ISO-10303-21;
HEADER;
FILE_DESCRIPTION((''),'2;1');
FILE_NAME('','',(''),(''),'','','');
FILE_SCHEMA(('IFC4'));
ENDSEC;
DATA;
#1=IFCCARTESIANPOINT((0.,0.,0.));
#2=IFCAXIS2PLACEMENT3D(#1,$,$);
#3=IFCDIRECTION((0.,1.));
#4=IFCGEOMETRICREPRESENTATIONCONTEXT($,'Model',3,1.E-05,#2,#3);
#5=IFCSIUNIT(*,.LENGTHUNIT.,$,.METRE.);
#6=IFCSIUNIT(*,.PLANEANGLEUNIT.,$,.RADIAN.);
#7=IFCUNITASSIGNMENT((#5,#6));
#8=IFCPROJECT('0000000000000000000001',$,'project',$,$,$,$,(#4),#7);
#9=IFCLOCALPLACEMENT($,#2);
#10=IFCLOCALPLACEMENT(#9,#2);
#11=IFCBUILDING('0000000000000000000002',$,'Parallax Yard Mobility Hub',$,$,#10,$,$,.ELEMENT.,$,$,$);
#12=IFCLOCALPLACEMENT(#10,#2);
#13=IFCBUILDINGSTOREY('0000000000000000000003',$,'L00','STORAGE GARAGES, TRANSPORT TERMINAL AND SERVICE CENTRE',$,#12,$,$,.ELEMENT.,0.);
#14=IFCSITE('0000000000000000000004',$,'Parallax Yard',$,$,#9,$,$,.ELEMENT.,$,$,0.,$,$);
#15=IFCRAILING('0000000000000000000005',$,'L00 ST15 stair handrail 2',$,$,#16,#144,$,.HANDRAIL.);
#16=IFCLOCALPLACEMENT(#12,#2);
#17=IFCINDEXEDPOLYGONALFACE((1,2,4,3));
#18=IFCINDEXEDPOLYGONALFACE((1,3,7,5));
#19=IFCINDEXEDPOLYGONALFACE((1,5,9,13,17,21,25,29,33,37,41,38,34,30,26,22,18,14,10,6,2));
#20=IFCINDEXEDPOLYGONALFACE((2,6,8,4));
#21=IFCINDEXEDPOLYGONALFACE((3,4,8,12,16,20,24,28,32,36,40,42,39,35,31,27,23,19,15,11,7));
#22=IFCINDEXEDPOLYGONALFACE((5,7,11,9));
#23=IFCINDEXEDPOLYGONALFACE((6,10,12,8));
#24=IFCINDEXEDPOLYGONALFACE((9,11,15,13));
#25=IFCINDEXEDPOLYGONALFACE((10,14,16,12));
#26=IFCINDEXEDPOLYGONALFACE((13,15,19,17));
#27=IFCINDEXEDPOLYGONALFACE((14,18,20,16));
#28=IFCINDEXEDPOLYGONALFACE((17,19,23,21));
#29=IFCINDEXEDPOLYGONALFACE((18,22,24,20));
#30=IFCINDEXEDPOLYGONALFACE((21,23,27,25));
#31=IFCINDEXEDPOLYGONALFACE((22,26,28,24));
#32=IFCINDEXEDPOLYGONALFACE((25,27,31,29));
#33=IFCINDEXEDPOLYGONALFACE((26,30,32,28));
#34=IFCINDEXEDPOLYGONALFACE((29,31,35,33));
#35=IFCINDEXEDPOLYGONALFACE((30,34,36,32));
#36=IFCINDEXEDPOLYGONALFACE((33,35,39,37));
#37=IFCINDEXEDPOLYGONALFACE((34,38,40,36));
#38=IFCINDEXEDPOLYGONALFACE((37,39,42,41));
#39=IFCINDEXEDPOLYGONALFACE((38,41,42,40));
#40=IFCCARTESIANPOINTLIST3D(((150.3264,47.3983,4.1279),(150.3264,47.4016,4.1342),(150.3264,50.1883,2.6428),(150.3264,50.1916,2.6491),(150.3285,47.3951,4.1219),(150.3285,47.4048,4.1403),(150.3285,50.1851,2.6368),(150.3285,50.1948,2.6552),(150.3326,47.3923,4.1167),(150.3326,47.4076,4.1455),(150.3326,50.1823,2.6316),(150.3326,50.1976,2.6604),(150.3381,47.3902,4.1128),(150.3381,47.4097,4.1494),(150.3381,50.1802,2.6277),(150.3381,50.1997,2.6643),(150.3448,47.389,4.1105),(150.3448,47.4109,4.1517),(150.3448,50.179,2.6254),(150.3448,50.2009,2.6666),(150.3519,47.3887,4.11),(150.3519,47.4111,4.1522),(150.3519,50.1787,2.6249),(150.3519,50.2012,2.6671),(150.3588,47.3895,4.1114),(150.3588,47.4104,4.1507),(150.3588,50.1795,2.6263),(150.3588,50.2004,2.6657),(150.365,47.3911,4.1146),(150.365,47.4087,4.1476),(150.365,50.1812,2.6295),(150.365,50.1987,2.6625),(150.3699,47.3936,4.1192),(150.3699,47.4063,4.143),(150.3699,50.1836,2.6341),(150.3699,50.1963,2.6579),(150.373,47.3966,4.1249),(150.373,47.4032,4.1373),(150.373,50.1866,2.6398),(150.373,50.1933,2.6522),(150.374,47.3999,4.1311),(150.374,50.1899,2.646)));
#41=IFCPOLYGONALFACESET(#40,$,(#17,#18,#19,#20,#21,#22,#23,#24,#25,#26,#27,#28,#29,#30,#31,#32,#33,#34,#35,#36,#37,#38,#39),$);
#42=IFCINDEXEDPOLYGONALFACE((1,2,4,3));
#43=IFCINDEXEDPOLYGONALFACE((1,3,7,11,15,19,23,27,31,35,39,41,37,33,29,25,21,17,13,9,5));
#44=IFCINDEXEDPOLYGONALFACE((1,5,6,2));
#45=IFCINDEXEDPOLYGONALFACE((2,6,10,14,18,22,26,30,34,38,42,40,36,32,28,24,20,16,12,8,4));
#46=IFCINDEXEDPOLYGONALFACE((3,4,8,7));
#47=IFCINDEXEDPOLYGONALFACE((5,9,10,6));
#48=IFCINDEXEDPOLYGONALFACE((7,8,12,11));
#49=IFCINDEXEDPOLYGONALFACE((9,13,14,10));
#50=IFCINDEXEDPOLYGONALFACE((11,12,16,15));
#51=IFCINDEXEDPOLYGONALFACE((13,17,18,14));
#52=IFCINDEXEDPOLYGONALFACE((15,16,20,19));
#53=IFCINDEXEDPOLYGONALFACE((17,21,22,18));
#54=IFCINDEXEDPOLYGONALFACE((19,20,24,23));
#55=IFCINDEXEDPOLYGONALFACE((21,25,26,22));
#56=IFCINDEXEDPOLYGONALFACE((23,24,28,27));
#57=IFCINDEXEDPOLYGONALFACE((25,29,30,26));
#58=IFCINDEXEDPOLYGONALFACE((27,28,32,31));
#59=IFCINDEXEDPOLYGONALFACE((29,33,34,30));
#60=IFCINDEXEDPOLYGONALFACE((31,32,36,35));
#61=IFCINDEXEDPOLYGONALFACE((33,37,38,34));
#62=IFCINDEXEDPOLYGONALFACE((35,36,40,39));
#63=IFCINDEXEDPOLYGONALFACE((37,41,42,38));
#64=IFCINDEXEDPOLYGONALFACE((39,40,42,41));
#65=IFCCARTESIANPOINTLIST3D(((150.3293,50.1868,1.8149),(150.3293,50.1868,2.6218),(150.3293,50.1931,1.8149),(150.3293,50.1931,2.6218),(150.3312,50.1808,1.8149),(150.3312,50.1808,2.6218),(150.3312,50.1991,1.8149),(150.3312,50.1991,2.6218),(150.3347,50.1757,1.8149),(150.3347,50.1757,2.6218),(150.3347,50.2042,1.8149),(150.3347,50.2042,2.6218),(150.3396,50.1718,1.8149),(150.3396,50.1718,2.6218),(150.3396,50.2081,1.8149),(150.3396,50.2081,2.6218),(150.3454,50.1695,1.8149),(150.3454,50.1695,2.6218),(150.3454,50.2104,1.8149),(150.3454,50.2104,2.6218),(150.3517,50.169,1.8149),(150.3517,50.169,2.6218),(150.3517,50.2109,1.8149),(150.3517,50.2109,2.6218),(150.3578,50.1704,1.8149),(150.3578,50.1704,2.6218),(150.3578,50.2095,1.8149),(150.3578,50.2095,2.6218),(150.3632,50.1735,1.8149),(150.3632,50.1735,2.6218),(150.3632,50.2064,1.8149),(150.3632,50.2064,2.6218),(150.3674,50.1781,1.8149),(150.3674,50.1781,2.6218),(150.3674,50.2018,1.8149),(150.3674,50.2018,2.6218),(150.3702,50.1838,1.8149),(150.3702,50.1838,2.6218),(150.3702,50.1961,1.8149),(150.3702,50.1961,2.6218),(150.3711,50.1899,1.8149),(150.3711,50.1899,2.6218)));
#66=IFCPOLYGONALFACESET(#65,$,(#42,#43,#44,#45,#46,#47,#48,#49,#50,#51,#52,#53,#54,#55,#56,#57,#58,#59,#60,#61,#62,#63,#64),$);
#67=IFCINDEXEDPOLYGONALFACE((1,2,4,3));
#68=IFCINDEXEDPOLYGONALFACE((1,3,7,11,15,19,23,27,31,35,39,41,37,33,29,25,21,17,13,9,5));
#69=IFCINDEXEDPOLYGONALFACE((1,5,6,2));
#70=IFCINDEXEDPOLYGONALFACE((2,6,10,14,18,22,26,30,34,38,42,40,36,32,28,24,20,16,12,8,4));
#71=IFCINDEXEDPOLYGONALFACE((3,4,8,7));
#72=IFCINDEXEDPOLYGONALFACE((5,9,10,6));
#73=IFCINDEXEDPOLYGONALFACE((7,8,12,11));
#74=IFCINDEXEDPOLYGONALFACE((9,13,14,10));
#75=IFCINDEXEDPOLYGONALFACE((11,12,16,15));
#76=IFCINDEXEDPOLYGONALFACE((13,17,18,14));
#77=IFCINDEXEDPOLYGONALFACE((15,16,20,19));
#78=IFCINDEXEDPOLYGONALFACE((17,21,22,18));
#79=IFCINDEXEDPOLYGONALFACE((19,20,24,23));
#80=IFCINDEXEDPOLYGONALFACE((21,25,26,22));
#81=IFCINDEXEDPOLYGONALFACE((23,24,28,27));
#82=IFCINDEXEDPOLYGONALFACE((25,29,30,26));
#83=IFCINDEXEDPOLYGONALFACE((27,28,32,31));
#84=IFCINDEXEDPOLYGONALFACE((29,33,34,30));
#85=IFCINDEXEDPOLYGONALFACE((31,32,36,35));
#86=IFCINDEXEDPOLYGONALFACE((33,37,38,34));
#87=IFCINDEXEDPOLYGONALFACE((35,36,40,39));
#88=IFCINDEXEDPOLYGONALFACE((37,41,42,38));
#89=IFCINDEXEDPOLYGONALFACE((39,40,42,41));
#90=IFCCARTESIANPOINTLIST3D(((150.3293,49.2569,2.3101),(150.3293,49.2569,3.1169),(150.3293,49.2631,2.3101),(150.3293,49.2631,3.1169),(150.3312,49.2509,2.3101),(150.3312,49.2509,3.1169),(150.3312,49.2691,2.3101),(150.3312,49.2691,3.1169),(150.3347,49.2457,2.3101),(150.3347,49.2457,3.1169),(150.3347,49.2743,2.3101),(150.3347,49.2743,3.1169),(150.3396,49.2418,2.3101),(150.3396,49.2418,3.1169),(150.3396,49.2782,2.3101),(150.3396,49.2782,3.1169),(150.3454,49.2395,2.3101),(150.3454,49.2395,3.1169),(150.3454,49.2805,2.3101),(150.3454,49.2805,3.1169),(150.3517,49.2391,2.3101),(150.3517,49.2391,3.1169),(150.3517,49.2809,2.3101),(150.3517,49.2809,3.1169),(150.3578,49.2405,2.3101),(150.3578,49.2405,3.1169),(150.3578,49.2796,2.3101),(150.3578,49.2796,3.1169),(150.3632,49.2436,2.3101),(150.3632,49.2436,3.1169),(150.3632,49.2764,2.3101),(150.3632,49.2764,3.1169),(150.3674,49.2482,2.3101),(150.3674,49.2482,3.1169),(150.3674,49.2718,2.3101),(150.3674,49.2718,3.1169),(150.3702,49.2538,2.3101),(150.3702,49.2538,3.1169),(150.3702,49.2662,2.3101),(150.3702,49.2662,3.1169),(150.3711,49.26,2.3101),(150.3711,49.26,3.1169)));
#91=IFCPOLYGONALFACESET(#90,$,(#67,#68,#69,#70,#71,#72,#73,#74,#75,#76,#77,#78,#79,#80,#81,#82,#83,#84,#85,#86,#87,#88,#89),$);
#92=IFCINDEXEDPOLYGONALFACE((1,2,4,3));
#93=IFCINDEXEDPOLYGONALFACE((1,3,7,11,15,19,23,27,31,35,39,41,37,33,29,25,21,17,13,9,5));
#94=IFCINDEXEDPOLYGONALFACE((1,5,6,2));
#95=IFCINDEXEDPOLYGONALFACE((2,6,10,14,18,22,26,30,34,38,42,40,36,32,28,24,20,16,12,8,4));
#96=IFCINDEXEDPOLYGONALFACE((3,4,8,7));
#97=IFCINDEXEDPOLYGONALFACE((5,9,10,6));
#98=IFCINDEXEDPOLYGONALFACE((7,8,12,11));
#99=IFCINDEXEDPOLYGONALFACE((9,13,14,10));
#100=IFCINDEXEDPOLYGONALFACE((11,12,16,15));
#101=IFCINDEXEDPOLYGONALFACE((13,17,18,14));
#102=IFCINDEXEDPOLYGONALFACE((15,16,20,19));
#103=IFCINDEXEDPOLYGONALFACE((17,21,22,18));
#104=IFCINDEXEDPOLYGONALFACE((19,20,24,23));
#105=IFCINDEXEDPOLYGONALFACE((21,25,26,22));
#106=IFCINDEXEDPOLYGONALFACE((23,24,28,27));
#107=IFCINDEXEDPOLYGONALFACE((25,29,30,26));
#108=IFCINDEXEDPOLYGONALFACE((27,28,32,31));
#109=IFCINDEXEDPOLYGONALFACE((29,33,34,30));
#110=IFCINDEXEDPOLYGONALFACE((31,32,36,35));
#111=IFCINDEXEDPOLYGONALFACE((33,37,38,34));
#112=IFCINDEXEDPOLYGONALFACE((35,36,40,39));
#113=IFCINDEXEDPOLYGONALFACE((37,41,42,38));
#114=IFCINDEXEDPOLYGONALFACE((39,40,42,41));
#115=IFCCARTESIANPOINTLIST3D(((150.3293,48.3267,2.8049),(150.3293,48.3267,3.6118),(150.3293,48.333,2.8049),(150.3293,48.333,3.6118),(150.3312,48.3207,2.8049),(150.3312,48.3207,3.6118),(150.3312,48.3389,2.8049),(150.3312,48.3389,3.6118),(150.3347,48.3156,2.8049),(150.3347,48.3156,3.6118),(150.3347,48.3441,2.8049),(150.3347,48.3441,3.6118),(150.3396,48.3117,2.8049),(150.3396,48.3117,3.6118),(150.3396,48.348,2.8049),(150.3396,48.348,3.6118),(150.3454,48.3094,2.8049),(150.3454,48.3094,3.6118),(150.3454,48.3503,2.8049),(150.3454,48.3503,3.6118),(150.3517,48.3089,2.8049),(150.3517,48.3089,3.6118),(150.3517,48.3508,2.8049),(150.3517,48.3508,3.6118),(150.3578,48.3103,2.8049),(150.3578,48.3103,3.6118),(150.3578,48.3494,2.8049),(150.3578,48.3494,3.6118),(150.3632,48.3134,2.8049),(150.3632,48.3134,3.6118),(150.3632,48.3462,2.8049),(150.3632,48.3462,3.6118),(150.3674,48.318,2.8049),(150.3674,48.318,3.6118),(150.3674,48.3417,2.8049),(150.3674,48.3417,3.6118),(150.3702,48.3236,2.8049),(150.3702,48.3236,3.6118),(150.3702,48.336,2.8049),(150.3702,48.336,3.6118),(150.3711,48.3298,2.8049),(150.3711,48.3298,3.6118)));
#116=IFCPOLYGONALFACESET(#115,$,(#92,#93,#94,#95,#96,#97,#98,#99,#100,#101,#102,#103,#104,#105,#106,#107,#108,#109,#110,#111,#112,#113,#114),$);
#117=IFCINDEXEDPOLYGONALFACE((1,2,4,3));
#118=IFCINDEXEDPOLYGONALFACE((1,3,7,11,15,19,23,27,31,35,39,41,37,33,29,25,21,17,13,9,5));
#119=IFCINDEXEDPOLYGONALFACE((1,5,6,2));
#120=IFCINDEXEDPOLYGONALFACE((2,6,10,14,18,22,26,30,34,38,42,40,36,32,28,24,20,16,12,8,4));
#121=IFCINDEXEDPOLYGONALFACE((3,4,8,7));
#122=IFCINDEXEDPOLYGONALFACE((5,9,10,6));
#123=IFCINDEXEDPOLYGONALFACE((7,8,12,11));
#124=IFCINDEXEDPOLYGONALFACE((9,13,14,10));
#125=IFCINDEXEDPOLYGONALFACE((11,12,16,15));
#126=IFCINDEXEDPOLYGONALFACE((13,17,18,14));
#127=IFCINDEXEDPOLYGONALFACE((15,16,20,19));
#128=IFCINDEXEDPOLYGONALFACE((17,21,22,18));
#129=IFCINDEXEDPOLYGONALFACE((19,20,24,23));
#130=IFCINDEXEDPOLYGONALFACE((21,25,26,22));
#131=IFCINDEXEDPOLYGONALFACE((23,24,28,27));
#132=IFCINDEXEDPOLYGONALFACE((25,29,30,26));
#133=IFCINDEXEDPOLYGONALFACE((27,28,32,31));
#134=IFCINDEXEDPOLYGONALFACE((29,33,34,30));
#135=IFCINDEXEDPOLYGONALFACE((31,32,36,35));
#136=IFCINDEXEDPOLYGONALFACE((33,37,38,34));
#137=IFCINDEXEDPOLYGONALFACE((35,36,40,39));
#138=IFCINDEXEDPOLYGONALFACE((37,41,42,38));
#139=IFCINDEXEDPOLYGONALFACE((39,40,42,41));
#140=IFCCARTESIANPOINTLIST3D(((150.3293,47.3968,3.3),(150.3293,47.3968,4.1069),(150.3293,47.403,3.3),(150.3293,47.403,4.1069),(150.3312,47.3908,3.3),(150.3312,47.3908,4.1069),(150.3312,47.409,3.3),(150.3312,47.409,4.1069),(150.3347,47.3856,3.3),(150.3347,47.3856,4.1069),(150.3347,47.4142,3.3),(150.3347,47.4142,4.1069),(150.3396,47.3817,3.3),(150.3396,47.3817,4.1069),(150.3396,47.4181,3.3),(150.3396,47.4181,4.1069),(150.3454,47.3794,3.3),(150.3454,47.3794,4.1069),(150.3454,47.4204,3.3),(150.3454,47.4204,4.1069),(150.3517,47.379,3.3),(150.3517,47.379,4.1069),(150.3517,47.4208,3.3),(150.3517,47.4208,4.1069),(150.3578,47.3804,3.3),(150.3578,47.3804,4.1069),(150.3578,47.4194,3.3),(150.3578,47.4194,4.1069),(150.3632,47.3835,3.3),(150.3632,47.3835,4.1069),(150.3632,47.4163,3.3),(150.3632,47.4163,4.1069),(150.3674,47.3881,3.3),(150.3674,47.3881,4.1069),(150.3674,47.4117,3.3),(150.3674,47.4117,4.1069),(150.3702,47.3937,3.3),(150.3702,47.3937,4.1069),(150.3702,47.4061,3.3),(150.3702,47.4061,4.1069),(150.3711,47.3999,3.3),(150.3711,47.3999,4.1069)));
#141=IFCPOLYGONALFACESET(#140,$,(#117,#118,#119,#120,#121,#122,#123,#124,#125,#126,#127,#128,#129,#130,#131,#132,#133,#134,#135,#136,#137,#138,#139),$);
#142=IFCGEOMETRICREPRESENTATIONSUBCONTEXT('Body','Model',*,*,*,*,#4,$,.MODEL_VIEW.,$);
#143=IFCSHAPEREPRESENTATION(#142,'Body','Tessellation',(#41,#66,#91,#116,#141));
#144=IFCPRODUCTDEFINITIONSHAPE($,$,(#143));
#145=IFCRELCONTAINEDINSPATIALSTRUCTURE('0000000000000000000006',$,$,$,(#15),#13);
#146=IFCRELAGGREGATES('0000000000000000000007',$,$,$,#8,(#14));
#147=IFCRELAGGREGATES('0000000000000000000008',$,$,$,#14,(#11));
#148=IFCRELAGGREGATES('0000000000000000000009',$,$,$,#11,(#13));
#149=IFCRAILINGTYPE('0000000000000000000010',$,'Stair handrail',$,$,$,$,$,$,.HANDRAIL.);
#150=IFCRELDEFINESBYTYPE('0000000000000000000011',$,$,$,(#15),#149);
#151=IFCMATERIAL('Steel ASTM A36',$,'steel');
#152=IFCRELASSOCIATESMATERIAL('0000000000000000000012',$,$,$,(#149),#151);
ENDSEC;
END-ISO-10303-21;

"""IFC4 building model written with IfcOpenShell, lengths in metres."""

from ifc_helpers import new_model, si_unit, direction, frame, origin, origin_2d, place, context, subcontext, project, spatial, circle, extrude, material, type_object, element, save


model = new_model("IFC4")

# Units and contexts
model_context = context("Model", 3, precision=1e-05, world=origin(), true_north=direction((0.0, 1.0)))
body_context = subcontext(model_context, "Body", "Model", "MODEL_VIEW")
ifc_project = project(units=[si_unit("LENGTHUNIT", "METRE"), si_unit("PLANEANGLEUNIT", "RADIAN")], contexts=[model_context])

# Site, building, storey
site_placement = place(None, origin())
site = spatial("IfcSite", under=ifc_project, at=site_placement, Name="Parallax Yard", CompositionType="ELEMENT", RefElevation=0.0)
building_placement = place(site_placement, origin())
building = spatial("IfcBuilding", under=site, at=building_placement, Name="Parallax Yard Mobility Hub", CompositionType="ELEMENT")
storey_placement = place(building_placement, origin())
storey = spatial("IfcBuildingStorey", under=building, at=storey_placement, Name="L00", Description="STORAGE GARAGES, TRANSPORT TERMINAL AND SERVICE CENTRE", CompositionType="ELEMENT", Elevation=0.0)

# Railing
ifc_material_1 = material(Name="Steel ASTM A36", Category="steel")
railing_type_1 = type_object("IfcRailingType", Name="Stair handrail", PredefinedType="HANDRAIL", material=ifc_material_1)
railing_1_placement = place(storey_placement, frame((150.3501, 50.1899, 1.8149)))
element("IfcRailing", 1, at=railing_1_placement, inside=storey, type_object=railing_type_1, Name="L00 ST15 stair handrail 2", PredefinedType="HANDRAIL", context=body_context, shape_type="SweptSolid", body=[
    extrude(circle(Radius=0.0239, at=origin_2d()), frame((0.0, 0.0, 0.8311), z_axis=(0.0, -0.882735, 0.46987), x_axis=(1.0, 0.0, 0.0)), (0.0, 0.0, 1.0), 3.1606),
    extrude(circle(Radius=0.021, at=origin_2d()), origin(), (0.0, 0.0, 1.0), 0.8069),
    extrude(circle(Radius=0.021, at=origin_2d()), frame((0.0, -0.9299, 0.4951)), (0.0, 0.0, 1.0), 0.8069),
    extrude(circle(Radius=0.021, at=origin_2d()), frame((0.0, -1.8601, 0.99)), (0.0, 0.0, 1.0), 0.8069),
    extrude(circle(Radius=0.021, at=origin_2d()), frame((0.0, -2.79, 1.4851)), (0.0, 0.0, 1.0), 0.8069),
])

save(model, "model.ifc")
